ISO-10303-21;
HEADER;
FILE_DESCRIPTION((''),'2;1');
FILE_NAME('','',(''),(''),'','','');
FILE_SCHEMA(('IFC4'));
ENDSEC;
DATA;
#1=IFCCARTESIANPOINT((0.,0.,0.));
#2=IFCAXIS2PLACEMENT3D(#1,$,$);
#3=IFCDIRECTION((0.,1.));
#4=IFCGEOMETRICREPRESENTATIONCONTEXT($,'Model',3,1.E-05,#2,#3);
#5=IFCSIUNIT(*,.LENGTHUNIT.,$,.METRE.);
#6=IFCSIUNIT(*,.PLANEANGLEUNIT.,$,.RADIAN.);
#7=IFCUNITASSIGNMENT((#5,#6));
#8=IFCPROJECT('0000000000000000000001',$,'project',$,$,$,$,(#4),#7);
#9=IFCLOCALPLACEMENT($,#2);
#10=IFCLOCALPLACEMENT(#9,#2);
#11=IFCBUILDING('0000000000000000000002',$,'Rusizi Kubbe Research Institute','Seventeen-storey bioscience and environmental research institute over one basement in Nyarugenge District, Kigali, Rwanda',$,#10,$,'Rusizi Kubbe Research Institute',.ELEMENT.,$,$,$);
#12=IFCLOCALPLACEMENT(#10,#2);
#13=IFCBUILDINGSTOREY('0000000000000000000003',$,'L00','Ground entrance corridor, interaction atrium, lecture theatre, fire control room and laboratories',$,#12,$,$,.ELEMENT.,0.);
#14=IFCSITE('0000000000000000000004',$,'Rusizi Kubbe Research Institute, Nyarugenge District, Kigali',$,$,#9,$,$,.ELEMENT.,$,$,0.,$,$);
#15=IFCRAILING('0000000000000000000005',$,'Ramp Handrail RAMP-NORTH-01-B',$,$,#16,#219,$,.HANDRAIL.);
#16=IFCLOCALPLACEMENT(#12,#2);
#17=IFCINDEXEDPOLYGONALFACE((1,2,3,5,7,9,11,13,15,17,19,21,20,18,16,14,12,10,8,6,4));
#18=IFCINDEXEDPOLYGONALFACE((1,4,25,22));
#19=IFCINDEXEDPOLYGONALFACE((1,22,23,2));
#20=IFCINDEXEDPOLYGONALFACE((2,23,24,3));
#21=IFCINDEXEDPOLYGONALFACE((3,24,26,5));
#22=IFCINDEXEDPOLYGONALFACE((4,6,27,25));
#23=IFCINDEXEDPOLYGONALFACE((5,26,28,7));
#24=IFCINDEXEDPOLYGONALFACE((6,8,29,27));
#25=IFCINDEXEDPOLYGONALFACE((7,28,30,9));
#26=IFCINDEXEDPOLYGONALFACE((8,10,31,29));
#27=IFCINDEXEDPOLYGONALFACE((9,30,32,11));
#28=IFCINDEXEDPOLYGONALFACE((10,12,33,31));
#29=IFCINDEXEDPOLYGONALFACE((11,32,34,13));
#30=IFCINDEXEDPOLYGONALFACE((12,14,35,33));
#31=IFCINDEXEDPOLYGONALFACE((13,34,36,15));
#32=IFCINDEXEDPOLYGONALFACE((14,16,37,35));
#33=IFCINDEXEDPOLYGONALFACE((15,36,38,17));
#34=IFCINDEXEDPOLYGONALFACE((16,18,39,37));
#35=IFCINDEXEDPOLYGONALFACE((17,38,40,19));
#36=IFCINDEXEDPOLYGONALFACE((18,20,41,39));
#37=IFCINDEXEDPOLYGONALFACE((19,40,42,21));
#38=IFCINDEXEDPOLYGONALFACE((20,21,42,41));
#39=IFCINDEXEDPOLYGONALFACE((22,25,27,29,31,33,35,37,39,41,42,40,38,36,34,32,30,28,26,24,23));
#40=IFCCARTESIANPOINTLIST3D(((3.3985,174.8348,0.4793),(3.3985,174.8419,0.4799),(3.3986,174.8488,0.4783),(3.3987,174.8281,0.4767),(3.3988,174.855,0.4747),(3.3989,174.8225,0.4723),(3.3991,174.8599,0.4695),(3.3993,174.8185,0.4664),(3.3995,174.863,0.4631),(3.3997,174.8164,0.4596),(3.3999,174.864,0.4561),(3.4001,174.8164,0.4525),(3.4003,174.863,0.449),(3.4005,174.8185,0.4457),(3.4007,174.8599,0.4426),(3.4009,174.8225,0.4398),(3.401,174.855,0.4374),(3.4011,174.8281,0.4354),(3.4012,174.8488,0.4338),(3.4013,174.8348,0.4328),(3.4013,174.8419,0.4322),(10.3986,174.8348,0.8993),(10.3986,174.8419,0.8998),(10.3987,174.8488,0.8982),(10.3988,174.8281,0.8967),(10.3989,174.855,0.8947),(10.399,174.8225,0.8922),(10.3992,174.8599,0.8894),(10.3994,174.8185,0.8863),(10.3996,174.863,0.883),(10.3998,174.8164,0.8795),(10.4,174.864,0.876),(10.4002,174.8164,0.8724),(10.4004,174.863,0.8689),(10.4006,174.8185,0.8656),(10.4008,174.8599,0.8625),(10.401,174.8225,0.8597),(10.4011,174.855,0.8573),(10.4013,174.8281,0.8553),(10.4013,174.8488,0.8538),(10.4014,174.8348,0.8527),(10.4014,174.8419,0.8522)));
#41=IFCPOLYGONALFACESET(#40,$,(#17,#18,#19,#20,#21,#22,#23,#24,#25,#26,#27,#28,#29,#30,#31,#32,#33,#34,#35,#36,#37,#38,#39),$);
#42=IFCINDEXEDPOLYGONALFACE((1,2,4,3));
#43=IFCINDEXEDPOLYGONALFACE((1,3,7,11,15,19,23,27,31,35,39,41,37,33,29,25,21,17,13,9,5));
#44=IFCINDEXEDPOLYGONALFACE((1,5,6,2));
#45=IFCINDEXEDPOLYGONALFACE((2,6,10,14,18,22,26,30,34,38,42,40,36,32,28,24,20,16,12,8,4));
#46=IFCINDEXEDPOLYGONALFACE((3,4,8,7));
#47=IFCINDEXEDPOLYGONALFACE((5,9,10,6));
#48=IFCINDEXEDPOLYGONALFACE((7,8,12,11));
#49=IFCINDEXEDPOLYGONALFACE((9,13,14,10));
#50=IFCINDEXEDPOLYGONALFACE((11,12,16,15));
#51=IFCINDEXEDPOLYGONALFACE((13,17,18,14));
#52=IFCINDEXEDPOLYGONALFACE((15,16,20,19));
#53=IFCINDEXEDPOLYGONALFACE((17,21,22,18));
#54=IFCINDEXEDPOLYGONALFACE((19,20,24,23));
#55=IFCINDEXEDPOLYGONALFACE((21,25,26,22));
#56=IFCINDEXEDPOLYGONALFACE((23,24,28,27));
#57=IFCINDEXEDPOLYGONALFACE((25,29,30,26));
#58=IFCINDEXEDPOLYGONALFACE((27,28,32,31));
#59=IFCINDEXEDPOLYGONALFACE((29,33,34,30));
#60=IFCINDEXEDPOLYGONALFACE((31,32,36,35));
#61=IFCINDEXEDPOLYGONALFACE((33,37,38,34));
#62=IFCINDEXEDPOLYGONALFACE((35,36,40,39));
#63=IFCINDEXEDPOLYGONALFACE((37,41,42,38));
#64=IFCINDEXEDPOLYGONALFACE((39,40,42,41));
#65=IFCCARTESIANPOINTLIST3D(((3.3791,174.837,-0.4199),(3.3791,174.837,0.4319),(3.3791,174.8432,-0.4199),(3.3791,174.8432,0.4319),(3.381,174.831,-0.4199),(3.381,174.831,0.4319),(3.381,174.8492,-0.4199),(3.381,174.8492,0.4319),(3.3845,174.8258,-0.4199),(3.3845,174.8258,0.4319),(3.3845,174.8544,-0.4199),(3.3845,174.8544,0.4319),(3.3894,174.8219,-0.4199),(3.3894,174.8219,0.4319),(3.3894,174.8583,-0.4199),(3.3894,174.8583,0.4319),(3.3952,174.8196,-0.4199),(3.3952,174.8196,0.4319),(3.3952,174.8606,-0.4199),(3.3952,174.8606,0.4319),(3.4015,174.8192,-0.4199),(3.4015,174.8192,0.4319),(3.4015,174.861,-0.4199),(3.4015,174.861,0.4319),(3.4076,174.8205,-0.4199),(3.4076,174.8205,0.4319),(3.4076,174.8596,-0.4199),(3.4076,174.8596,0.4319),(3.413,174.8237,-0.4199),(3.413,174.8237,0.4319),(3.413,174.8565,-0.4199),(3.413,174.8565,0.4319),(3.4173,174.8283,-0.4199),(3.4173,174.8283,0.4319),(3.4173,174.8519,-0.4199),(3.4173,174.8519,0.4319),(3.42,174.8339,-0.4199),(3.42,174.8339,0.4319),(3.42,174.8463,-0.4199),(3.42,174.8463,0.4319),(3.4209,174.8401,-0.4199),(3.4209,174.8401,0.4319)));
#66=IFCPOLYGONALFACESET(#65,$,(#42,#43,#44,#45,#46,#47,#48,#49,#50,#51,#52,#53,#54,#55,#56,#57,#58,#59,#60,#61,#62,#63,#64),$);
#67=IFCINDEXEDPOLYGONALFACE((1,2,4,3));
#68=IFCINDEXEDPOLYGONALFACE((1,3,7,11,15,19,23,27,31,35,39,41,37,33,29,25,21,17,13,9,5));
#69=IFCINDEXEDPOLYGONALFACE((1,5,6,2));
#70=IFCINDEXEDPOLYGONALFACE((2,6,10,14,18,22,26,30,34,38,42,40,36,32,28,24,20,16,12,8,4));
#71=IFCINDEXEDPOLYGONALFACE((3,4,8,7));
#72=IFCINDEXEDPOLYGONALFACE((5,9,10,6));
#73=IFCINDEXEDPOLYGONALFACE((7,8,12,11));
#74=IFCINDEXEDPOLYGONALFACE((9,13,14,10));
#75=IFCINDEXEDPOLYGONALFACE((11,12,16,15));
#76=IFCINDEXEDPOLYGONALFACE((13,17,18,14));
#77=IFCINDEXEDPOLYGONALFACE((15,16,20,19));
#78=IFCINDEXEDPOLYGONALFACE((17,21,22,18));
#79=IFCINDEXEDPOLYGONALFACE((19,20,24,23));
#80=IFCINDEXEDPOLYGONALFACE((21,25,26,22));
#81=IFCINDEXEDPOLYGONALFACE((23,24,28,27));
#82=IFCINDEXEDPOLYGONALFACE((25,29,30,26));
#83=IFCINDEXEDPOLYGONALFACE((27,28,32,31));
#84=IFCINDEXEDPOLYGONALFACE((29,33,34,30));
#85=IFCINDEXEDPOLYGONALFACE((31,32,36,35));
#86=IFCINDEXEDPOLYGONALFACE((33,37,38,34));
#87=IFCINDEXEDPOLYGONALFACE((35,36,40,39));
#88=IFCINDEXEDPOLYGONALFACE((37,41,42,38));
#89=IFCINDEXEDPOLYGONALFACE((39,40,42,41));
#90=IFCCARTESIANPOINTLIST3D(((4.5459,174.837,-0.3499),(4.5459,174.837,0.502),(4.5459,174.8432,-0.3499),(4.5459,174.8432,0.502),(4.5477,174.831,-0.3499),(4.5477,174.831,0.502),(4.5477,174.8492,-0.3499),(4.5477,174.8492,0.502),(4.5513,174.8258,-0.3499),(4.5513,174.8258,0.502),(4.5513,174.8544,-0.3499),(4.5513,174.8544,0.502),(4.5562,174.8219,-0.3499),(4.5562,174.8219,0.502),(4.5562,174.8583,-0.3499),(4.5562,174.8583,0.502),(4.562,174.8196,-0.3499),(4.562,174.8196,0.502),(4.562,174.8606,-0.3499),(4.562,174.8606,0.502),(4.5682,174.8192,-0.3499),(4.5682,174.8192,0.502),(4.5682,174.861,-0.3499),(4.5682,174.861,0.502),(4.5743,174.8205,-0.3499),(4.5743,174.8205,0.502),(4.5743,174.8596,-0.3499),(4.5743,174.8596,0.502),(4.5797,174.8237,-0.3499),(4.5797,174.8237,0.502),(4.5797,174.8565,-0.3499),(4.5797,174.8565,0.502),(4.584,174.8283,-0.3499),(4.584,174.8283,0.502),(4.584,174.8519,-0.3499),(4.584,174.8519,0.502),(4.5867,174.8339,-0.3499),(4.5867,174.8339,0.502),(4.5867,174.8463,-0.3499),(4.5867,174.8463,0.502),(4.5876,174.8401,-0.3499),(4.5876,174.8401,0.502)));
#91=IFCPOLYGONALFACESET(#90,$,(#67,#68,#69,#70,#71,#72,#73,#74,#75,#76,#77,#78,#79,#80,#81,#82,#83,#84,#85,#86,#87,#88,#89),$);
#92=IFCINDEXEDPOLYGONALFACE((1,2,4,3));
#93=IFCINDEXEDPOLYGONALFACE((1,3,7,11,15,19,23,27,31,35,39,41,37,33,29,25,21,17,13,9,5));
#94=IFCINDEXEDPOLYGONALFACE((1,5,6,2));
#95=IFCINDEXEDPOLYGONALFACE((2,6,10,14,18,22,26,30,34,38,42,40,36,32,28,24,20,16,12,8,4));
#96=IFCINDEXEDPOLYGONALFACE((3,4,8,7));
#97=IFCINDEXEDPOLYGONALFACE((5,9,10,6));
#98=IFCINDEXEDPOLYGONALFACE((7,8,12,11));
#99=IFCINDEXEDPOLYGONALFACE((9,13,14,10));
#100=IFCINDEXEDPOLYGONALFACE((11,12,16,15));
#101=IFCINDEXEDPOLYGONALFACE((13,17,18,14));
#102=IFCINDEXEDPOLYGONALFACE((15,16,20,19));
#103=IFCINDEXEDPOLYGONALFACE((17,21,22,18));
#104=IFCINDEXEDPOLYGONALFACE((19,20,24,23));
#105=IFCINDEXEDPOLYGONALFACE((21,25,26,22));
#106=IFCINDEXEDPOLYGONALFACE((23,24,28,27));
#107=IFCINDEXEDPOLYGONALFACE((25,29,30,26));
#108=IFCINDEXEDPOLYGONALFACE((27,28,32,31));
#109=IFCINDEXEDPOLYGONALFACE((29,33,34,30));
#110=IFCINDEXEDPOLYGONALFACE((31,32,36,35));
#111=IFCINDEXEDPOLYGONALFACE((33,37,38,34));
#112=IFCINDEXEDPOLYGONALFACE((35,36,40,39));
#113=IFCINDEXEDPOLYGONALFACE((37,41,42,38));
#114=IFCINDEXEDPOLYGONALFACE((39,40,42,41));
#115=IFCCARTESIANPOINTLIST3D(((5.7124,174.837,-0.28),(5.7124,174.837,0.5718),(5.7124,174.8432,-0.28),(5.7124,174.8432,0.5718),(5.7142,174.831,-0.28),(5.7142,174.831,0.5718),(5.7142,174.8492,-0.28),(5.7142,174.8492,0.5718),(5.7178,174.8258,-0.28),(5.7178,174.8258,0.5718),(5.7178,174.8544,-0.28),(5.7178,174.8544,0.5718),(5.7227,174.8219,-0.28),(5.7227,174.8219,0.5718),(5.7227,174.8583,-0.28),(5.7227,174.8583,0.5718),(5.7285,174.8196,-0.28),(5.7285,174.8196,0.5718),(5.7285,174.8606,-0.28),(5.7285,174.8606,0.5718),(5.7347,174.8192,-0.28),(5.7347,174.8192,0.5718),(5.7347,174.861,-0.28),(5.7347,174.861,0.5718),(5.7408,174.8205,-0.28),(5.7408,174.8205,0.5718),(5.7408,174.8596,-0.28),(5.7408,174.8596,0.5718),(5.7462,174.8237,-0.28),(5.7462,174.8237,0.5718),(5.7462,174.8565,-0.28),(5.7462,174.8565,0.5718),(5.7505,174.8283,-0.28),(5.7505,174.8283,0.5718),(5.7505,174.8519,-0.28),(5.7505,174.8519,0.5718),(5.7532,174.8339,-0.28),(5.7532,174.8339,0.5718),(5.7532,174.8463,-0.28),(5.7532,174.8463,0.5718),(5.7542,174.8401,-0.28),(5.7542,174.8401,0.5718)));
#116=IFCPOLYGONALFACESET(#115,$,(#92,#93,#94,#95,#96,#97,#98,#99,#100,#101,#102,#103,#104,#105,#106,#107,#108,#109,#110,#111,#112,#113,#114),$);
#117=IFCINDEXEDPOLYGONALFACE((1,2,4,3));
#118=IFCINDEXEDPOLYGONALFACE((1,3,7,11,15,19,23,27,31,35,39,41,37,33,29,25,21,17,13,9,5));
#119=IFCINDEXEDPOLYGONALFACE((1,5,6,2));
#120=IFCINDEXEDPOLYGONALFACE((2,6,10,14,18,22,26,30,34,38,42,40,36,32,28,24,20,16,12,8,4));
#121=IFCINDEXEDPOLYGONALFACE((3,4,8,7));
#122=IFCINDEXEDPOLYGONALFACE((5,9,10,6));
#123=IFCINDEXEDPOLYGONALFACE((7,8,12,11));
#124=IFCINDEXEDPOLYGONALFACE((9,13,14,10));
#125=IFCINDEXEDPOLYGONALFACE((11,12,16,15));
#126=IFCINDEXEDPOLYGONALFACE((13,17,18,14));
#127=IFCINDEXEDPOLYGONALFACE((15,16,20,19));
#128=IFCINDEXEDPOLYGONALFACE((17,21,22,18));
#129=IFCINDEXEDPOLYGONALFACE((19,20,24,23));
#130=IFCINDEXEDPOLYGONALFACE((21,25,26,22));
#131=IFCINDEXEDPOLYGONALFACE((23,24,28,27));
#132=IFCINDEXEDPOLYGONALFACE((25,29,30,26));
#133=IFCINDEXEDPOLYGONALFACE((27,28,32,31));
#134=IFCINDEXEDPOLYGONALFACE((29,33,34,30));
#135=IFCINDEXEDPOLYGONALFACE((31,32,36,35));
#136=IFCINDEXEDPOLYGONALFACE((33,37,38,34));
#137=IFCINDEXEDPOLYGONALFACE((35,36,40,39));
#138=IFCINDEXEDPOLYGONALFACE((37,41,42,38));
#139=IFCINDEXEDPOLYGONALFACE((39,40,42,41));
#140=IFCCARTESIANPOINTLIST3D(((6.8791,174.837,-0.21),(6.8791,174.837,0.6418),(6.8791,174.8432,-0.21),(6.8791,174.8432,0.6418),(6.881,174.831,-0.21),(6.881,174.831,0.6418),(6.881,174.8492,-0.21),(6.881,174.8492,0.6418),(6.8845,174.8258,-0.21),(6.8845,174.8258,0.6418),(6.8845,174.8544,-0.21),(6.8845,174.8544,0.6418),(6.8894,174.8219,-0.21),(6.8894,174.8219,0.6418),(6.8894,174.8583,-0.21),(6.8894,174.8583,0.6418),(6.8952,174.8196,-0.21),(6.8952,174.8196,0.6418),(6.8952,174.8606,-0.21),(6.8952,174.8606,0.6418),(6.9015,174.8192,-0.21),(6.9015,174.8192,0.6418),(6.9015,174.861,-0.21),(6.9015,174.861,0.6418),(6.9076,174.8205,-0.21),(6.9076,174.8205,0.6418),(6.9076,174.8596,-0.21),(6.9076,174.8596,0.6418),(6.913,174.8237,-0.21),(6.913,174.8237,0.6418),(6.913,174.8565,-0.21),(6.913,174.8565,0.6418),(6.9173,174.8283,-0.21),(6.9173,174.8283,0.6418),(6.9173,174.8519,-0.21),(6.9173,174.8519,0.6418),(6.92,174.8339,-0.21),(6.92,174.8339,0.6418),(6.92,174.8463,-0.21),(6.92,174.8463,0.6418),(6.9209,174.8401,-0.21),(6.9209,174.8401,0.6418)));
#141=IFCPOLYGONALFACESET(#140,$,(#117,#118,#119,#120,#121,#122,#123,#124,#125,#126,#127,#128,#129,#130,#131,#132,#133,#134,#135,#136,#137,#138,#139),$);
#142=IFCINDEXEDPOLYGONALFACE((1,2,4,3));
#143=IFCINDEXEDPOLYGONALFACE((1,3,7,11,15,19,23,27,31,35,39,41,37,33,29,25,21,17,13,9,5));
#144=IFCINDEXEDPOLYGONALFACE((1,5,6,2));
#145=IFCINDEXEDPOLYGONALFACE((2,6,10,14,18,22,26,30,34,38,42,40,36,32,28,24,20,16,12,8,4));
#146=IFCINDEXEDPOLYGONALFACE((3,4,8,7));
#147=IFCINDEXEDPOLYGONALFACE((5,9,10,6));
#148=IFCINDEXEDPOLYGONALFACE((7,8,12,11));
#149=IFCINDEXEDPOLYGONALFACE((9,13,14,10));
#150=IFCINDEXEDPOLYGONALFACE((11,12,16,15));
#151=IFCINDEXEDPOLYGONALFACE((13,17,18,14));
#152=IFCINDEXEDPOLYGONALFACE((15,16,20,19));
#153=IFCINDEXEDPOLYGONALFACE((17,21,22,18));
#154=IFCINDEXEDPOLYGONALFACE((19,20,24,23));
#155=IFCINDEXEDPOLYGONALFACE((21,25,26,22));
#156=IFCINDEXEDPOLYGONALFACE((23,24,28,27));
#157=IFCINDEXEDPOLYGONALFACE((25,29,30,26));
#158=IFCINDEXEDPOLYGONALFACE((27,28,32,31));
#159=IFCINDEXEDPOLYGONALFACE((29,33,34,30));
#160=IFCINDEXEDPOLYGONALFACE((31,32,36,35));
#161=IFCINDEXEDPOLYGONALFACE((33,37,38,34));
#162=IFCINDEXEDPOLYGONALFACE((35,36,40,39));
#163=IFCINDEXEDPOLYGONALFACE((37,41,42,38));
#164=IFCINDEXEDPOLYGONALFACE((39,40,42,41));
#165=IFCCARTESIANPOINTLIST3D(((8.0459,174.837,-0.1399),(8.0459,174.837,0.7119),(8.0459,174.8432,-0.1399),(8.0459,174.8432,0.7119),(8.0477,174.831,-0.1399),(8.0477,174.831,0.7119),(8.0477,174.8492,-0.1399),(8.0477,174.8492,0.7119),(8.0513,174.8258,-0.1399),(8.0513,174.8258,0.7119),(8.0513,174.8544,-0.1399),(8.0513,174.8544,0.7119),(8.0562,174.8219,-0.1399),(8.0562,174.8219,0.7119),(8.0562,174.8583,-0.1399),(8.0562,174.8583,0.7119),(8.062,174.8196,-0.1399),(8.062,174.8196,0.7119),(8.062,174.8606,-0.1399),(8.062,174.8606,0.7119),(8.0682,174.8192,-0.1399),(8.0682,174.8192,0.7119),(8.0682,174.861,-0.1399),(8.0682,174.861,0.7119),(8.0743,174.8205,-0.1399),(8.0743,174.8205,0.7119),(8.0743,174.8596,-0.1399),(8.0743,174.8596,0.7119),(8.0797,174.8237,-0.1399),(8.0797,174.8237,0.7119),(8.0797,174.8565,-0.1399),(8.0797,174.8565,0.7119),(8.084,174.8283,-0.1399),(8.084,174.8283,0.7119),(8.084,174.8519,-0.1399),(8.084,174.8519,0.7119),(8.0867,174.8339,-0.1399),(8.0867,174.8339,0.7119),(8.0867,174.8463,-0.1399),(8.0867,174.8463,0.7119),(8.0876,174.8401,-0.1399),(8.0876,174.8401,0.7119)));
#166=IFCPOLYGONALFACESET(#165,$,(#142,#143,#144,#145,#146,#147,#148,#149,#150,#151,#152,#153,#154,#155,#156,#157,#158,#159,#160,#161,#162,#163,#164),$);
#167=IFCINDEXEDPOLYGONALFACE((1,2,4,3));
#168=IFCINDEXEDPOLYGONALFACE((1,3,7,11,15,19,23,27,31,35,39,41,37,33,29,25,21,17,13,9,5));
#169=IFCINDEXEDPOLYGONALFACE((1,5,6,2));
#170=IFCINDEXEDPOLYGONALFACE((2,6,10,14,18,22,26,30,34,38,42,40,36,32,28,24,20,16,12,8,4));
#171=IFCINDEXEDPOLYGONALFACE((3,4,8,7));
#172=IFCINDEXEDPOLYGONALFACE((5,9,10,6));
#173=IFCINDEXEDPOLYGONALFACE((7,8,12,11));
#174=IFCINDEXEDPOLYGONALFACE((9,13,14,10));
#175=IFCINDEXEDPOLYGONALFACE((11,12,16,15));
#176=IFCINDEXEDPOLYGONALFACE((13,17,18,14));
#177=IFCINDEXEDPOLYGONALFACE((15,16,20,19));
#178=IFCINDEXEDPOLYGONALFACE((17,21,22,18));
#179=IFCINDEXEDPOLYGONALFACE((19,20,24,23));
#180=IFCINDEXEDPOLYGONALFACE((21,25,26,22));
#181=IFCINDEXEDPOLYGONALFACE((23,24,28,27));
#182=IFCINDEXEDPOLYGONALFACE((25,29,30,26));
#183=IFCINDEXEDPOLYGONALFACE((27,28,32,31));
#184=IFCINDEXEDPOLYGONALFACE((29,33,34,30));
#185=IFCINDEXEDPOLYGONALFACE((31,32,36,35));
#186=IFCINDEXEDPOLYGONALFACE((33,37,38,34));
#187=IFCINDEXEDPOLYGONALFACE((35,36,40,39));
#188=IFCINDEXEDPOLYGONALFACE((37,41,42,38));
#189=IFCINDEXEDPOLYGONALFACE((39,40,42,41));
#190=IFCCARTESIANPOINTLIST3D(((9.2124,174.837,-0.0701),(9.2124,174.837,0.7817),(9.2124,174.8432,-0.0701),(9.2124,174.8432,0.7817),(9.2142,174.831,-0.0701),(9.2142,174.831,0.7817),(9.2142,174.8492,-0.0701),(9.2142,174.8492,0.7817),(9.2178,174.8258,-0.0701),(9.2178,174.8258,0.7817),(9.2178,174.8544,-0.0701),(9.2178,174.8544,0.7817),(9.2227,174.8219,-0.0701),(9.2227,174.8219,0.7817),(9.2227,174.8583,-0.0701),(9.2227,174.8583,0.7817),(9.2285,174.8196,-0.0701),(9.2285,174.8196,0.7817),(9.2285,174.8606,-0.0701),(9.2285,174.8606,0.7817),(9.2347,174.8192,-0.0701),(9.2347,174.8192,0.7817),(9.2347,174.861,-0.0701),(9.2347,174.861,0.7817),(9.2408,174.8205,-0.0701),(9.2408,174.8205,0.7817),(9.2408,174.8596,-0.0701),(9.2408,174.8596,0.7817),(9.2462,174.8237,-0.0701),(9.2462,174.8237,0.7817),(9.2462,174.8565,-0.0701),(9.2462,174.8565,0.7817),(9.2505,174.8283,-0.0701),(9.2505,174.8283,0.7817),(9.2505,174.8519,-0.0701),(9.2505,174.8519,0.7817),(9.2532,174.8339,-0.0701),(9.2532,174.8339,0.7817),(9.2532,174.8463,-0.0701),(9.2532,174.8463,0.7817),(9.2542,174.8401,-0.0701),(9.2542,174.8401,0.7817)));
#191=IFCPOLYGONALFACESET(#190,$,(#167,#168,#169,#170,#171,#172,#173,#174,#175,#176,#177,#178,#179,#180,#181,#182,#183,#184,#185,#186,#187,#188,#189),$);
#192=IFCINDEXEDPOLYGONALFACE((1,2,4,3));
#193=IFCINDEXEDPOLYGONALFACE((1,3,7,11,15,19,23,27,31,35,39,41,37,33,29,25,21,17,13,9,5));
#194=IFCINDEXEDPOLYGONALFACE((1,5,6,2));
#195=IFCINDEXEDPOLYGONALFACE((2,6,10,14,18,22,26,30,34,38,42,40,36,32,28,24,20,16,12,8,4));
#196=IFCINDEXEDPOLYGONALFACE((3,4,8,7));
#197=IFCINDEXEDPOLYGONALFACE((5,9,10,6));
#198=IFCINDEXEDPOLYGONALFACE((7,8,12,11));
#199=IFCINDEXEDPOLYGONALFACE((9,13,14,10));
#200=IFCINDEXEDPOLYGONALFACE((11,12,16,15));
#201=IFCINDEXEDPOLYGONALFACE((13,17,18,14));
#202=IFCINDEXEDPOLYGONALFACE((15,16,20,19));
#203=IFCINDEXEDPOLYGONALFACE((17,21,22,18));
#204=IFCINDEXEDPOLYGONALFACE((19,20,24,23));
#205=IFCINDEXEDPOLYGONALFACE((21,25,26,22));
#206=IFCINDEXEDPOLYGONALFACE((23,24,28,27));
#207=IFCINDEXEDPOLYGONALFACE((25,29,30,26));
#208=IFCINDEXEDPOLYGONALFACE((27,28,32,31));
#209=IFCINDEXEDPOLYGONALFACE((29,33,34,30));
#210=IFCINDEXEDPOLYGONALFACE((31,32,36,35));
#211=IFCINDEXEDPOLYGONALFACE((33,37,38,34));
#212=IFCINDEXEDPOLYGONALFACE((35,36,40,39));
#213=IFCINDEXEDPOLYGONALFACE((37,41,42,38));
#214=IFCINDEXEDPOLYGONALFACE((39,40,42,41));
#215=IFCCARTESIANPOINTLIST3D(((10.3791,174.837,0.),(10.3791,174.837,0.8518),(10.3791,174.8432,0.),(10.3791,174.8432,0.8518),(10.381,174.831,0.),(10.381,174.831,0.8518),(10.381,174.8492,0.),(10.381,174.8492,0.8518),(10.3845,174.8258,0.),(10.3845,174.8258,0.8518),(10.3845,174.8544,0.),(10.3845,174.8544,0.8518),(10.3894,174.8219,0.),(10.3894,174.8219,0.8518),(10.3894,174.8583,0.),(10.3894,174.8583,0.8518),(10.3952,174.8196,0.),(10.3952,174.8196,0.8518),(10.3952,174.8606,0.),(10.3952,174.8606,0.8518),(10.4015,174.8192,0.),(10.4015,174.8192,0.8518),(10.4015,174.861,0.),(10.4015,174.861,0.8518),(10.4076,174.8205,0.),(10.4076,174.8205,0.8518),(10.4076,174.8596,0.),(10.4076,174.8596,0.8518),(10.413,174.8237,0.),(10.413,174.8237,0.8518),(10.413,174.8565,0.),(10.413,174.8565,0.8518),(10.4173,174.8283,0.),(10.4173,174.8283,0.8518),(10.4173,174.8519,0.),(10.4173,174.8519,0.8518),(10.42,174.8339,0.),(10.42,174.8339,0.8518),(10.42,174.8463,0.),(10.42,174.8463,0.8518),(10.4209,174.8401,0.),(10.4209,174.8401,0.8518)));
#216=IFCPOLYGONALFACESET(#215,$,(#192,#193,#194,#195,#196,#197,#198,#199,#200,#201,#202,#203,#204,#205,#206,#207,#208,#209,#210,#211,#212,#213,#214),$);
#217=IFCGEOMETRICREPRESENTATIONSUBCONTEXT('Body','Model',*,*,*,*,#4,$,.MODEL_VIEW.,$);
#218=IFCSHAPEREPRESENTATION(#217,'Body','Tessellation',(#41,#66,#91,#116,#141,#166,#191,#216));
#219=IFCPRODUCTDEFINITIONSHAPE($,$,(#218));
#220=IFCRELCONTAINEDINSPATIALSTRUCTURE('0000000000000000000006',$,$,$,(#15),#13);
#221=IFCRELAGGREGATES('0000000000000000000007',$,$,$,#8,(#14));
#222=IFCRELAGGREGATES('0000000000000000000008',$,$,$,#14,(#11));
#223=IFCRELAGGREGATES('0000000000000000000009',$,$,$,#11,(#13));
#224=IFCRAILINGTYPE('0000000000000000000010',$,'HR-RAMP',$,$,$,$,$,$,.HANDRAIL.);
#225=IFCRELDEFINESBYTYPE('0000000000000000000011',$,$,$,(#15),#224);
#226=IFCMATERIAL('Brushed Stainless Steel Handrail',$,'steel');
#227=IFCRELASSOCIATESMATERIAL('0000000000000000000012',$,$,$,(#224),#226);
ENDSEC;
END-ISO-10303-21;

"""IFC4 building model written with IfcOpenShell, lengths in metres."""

from ifc_helpers import new_model, si_unit, direction, frame, origin, origin_2d, place, context, subcontext, project, spatial, circle, extrude, material, type_object, element, save


model = new_model("IFC4")

# Units and contexts
model_context = context("Model", 3, precision=1e-05, world=origin(), true_north=direction((0.0, 1.0)))
body_context = subcontext(model_context, "Body", "Model", "MODEL_VIEW")
ifc_project = project(units=[si_unit("LENGTHUNIT", "METRE"), si_unit("PLANEANGLEUNIT", "RADIAN")], contexts=[model_context])

# Site, building, storey
site_placement = place(None, origin())
site = spatial("IfcSite", under=ifc_project, at=site_placement, Name="Rusizi Kubbe Research Institute, Nyarugenge District, Kigali", CompositionType="ELEMENT", RefElevation=0.0)
building_placement = place(site_placement, origin())
building = spatial("IfcBuilding", under=site, at=building_placement, Name="Rusizi Kubbe Research Institute", Description="Seventeen-storey bioscience and environmental research institute over one basement in Nyarugenge District, Kigali, Rwanda", LongName="Rusizi Kubbe Research Institute", CompositionType="ELEMENT")
storey_placement = place(building_placement, origin())
storey = spatial("IfcBuildingStorey", under=building, at=storey_placement, Name="L00", Description="Ground entrance corridor, interaction atrium, lecture theatre, fire control room and laboratories", CompositionType="ELEMENT", Elevation=0.0)

# Railing
ifc_material_1 = material(Name="Brushed Stainless Steel Handrail", Category="steel")
railing_type = type_object("IfcRailingType", Name="HR-RAMP", PredefinedType="HANDRAIL", material=ifc_material_1)
for number, where, name in (
    (1, (3.3999, 174.8401, -0.4199), "Ramp Handrail RAMP-NORTH-01-B"),
):
    element("IfcRailing", number, at=place(storey_placement, frame(where)), inside=storey, type_object=railing_type, Name=name, PredefinedType="HANDRAIL", context=body_context, shape_type="SweptSolid", body=[
        extrude(circle(Radius=0.0239, at=origin_2d()), frame((0.0, 0.0, 0.876), z_axis=(0.998206, 0.0, 0.059881), x_axis=(0.0, 1.0, 0.0)), (0.0, 0.0, 1.0), 7.0127),
        extrude(circle(Radius=0.021, at=origin_2d()), origin(), (0.0, 0.0, 1.0), 0.8518),
        extrude(circle(Radius=0.021, at=origin_2d()), frame((1.1667, 0.0, 0.0701)), (0.0, 0.0, 1.0), 0.8518),
        extrude(circle(Radius=0.021, at=origin_2d()), frame((2.3333, 0.0, 0.1399)), (0.0, 0.0, 1.0), 0.8518),
        extrude(circle(Radius=0.021, at=origin_2d()), frame((3.5, 0.0, 0.21)), (0.0, 0.0, 1.0), 0.8518),
        extrude(circle(Radius=0.021, at=origin_2d()), frame((4.6667, 0.0, 0.28)), (0.0, 0.0, 1.0), 0.8518),
        extrude(circle(Radius=0.021, at=origin_2d()), frame((5.8333, 0.0, 0.3499)), (0.0, 0.0, 1.0), 0.8518),
        extrude(circle(Radius=0.021, at=origin_2d()), frame((7.0, 0.0, 0.4199)), (0.0, 0.0, 1.0), 0.8518),
    ])

save(model, "model.ifc")
